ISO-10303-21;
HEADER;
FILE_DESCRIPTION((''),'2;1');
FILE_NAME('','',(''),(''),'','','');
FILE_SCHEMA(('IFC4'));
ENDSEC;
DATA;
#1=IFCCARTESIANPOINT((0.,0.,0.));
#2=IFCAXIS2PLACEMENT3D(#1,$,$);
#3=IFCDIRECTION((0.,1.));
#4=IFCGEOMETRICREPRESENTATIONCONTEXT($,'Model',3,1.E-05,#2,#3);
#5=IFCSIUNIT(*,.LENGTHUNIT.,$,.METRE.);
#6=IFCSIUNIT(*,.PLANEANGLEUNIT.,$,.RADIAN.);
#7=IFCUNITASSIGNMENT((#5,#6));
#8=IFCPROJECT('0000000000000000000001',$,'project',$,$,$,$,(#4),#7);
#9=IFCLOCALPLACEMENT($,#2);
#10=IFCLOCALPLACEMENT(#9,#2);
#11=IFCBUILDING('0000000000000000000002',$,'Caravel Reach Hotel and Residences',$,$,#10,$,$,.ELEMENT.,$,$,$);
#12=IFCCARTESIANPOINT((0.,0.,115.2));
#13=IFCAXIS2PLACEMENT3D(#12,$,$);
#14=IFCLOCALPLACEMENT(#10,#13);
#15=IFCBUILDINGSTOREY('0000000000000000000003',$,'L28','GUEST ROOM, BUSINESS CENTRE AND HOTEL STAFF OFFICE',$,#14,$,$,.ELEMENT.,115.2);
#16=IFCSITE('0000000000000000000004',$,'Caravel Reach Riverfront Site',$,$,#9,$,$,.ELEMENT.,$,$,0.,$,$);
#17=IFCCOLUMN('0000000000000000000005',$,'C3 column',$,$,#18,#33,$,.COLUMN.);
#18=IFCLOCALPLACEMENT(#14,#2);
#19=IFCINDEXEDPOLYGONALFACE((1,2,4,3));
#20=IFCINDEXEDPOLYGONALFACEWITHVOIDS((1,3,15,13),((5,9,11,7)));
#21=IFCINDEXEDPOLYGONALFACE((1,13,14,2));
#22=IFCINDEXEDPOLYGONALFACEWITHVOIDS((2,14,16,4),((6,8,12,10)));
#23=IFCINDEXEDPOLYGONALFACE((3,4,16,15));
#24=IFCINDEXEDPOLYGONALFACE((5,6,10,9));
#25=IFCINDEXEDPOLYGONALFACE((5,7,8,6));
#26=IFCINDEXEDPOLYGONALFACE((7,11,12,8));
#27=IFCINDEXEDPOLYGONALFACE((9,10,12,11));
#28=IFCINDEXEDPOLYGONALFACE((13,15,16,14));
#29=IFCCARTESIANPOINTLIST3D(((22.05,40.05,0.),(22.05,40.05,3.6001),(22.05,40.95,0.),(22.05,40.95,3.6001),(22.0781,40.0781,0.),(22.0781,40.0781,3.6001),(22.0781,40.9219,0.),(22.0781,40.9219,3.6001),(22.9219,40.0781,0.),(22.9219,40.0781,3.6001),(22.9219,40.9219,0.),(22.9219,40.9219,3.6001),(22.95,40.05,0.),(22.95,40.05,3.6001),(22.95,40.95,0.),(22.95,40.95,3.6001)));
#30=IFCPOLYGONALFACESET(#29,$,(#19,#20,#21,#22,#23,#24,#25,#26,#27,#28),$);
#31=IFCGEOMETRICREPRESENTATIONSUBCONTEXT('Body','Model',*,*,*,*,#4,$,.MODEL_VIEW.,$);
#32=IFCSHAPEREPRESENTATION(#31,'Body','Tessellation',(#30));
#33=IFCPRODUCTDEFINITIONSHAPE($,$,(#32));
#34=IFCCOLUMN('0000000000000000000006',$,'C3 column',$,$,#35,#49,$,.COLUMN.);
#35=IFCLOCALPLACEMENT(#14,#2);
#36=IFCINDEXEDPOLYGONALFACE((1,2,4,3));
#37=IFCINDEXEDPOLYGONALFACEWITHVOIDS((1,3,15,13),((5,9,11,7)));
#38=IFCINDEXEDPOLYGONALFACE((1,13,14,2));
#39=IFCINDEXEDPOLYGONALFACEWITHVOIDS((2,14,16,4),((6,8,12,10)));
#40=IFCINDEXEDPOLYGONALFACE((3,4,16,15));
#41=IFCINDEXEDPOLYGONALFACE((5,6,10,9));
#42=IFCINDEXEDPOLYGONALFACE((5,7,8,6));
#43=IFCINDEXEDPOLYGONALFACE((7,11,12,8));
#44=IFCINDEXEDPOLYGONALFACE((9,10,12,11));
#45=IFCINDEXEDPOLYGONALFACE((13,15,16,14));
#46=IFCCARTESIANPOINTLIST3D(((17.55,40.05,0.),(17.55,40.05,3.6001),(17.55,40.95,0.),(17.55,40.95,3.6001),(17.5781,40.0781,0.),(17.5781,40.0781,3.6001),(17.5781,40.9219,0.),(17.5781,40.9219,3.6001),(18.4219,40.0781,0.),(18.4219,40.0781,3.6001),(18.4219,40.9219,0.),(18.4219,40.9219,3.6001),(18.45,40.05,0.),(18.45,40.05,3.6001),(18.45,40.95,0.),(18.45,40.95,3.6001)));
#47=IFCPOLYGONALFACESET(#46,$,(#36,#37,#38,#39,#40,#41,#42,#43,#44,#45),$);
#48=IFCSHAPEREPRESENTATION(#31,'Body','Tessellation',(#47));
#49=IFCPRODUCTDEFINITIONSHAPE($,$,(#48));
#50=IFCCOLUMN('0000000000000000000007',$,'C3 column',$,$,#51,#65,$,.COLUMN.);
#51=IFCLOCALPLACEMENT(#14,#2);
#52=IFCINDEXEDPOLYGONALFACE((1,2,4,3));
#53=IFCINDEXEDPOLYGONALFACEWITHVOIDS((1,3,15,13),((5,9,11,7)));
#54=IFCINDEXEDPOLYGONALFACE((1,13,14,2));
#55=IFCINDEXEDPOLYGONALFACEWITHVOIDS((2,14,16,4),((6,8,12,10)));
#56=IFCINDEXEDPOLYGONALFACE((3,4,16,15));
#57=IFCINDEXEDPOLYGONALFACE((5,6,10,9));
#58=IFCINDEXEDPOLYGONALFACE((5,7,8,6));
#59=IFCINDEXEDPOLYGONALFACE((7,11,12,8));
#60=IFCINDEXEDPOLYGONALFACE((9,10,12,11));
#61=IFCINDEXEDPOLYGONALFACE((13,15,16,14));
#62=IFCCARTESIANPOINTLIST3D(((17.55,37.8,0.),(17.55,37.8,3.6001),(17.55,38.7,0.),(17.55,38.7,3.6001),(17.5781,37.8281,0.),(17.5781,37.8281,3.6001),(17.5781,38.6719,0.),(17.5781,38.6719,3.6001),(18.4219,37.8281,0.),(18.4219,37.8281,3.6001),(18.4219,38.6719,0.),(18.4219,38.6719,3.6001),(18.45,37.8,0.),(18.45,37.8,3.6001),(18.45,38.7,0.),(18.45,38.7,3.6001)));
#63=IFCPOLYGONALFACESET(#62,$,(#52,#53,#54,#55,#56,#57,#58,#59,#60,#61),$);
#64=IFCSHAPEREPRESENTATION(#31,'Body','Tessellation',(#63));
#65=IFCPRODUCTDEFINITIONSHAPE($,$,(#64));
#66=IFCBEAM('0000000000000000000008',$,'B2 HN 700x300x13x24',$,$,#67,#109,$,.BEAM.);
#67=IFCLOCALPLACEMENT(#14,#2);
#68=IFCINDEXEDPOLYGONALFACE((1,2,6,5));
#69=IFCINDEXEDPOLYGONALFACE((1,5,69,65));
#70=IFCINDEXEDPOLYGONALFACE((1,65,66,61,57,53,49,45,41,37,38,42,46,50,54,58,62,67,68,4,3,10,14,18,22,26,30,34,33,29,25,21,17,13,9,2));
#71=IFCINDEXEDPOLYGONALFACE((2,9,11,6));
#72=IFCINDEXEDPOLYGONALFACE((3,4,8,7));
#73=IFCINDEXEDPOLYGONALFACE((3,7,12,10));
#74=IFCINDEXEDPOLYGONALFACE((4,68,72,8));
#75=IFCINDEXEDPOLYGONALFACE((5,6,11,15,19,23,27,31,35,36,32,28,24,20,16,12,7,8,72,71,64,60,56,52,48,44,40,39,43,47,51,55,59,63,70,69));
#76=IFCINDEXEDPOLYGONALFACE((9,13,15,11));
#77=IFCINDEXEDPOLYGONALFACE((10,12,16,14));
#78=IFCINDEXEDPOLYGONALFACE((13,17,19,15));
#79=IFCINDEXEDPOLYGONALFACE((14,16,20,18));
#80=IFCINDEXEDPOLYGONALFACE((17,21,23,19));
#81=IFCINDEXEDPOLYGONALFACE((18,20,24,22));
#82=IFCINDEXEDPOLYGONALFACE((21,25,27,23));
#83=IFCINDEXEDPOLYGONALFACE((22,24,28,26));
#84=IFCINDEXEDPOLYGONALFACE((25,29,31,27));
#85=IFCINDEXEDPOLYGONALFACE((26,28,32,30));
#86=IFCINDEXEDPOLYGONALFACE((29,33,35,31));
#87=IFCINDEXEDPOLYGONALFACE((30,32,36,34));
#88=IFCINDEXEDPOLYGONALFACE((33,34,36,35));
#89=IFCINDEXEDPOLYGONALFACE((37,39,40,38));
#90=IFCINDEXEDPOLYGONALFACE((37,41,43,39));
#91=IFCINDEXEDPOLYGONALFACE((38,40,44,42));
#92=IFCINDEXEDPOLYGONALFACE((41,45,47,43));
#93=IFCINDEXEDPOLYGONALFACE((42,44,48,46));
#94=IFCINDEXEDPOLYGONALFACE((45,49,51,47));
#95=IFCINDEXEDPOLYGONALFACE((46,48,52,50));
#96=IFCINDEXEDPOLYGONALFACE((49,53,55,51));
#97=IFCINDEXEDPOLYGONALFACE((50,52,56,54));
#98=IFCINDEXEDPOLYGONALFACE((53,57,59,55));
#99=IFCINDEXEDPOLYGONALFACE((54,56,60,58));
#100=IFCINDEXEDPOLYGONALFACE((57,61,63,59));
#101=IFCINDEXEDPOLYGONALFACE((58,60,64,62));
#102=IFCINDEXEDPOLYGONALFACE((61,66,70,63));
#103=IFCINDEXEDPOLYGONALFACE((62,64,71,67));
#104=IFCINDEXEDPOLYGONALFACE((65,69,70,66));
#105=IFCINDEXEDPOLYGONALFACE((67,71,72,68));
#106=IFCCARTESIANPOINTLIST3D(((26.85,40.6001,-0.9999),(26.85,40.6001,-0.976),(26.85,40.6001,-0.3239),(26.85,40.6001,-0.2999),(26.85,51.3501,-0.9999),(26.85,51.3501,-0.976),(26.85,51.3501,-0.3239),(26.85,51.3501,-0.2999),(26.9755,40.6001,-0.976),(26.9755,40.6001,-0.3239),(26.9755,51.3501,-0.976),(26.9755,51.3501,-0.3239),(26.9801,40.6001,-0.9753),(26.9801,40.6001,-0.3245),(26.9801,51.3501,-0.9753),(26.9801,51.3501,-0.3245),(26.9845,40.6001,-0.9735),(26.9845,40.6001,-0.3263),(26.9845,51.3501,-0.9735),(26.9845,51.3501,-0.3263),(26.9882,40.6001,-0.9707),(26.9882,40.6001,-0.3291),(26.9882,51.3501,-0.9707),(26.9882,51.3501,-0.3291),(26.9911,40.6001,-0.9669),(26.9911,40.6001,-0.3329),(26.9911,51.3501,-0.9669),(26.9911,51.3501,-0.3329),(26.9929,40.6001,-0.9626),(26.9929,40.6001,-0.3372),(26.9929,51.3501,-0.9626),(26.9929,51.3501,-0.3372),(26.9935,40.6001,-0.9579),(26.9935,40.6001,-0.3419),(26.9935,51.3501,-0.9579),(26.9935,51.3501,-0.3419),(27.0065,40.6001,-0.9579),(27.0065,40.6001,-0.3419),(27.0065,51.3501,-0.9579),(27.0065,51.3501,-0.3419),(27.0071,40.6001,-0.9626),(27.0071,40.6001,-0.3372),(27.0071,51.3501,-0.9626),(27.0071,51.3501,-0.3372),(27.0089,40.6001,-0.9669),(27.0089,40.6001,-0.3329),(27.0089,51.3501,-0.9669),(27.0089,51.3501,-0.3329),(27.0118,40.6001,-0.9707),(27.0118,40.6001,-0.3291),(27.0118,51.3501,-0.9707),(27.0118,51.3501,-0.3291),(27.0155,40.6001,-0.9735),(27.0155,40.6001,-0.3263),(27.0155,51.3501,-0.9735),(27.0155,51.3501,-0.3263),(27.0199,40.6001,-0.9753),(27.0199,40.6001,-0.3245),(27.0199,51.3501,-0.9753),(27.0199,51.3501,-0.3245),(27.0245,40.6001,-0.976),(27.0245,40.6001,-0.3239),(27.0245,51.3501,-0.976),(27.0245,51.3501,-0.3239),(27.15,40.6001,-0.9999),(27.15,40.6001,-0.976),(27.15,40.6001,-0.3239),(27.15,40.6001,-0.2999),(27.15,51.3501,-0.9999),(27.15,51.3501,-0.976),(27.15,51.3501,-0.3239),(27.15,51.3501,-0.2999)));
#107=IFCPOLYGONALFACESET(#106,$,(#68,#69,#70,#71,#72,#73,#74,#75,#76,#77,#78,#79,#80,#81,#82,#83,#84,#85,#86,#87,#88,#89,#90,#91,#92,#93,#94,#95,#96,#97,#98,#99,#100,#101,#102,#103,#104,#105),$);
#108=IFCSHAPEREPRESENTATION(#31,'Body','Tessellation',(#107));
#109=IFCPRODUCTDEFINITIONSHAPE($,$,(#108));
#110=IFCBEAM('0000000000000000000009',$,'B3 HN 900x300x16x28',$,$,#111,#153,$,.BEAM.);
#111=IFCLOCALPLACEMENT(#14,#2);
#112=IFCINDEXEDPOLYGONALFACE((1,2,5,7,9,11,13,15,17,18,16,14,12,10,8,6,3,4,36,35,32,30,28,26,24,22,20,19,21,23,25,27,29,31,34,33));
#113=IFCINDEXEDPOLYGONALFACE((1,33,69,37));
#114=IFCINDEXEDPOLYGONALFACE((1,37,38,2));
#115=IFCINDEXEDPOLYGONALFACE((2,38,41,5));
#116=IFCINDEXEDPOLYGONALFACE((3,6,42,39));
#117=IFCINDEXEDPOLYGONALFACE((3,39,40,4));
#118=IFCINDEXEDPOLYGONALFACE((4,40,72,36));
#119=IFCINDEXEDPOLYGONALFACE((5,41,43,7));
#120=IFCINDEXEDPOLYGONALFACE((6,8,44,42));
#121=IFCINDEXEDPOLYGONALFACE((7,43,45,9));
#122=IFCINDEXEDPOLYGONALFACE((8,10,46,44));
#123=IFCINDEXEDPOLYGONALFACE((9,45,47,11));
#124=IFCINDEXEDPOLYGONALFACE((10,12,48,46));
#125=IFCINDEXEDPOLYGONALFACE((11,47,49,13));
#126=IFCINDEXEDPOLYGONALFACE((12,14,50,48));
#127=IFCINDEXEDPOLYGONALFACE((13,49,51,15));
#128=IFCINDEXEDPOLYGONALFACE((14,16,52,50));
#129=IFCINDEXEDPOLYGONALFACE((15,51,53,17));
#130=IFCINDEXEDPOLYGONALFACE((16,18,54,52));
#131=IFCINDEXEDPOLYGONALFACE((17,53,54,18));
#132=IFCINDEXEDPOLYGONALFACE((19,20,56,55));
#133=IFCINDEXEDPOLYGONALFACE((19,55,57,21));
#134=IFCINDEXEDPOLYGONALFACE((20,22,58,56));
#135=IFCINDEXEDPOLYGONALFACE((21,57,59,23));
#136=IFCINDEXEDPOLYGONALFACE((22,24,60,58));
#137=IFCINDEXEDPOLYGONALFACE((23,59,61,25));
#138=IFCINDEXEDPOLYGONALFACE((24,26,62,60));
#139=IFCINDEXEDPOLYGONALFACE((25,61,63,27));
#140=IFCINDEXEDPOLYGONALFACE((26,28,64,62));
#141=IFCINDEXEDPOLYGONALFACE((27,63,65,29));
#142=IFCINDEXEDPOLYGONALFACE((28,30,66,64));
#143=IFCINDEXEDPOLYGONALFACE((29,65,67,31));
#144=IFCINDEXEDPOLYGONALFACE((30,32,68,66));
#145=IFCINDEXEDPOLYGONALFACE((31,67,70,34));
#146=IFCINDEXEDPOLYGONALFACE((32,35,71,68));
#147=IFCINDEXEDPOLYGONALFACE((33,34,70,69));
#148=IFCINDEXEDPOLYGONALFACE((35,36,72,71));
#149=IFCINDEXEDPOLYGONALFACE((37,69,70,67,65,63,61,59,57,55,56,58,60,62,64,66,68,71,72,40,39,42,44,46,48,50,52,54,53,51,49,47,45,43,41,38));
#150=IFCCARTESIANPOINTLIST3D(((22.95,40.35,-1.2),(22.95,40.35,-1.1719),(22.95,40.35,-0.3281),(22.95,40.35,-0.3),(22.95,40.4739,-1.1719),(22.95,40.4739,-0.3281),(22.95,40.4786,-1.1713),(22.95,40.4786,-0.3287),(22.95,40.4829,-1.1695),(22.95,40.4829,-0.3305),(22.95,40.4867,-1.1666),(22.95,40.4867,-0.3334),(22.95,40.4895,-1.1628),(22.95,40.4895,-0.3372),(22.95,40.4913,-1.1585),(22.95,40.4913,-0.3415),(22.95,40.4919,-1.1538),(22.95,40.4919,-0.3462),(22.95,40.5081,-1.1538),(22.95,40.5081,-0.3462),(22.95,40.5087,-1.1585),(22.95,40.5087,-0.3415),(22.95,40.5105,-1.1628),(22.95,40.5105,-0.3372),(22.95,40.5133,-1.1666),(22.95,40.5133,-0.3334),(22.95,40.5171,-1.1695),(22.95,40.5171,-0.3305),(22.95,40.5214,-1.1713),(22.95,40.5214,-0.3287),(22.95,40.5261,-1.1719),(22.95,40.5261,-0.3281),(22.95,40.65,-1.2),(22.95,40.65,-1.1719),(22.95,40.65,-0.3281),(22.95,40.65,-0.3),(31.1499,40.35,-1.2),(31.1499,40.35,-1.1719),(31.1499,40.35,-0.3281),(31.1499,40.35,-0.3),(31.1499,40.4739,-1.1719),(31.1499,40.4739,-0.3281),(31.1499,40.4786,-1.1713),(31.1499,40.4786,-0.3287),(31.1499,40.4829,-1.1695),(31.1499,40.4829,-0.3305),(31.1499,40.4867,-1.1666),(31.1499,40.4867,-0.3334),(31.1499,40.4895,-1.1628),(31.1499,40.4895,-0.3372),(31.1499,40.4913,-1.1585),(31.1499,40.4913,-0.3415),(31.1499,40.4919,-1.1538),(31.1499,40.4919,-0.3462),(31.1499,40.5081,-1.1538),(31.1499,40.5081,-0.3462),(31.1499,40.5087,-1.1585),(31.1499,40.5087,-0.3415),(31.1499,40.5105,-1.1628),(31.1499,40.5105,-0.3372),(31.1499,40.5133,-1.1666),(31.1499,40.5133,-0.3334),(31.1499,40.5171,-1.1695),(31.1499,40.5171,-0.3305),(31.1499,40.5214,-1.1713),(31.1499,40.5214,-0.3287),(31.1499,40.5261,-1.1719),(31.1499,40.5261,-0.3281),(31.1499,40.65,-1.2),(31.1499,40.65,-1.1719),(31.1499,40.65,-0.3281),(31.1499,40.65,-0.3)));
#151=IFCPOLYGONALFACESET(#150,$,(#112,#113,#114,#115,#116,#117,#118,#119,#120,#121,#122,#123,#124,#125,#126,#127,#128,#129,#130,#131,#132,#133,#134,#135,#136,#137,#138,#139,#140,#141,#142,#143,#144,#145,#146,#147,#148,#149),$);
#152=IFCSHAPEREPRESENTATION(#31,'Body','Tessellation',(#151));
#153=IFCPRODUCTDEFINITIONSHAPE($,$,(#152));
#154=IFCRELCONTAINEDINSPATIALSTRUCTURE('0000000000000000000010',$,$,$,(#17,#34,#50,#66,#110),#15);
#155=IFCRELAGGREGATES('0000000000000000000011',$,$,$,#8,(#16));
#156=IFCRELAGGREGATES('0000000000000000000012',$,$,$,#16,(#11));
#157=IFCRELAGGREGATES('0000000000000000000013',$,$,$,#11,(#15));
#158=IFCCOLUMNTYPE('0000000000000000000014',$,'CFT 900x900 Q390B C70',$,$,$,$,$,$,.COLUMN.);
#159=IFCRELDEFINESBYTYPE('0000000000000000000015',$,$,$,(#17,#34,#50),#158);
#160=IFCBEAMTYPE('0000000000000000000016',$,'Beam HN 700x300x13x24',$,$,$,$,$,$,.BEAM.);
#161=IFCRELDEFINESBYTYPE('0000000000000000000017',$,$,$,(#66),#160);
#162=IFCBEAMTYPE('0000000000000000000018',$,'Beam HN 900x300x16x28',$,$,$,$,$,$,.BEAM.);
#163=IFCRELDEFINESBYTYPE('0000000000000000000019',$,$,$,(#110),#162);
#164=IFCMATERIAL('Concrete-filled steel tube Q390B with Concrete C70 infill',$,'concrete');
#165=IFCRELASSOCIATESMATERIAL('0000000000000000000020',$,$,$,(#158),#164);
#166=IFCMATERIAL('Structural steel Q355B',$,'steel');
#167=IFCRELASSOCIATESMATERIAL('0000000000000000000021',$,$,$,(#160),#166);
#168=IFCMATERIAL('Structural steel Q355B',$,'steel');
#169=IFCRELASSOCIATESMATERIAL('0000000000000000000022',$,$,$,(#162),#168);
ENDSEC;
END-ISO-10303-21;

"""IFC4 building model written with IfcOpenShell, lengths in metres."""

from ifc_helpers import new_model, si_unit, direction, frame, origin, origin_2d, place, context, subcontext, project, spatial, hollow_rectangle, i_section, extrude, material, material_profile, profile_set, type_object, element, save


model = new_model("IFC4")

# Units and contexts
model_context = context("Model", 3, precision=1e-05, world=origin(), true_north=direction((0.0, 1.0)))
body_context = subcontext(model_context, "Body", "Model", "MODEL_VIEW")
ifc_project = project(units=[si_unit("LENGTHUNIT", "METRE"), si_unit("PLANEANGLEUNIT", "RADIAN")], contexts=[model_context])

# Site, building, storey
site_placement = place(None, origin())
site = spatial("IfcSite", under=ifc_project, at=site_placement, Name="Caravel Reach Riverfront Site", CompositionType="ELEMENT", RefElevation=0.0)
building_placement = place(site_placement, origin())
building = spatial("IfcBuilding", under=site, at=building_placement, Name="Caravel Reach Hotel and Residences", CompositionType="ELEMENT")
storey_placement = place(building_placement, frame((0.0, 0.0, 115.2)))
storey = spatial("IfcBuildingStorey", under=building, at=storey_placement, Name="L28", Description="GUEST ROOM, BUSINESS CENTRE AND HOTEL STAFF OFFICE", CompositionType="ELEMENT", Elevation=115.2)

# Columns
ifc_material_1 = material(Name="Concrete-filled steel tube Q390B with Concrete C70 infill", Category="concrete")
ifc_material_profile_1 = material_profile(ifc_material_1, hollow_rectangle(XDim=0.8999, YDim=0.8999, WallThickness=0.0281, at=origin_2d()), Name="RHS 900x900x28")
ifc_profile_set_1 = profile_set([ifc_material_profile_1], Name="Concrete-filled steel tube Q390B with Concrete C70 infill")
column_type = type_object("IfcColumnType", Name="CFT 900x900 Q390B C70", PredefinedType="COLUMN", material=ifc_profile_set_1)
for number, where, z_axis, x_axis, name in (
    (1, (22.5, 40.5, 0.0), (0.0, 0.0, 1.0), (1.0, 0.0, 0.0), "C3 column"),
    (2, (18.0, 40.5, 0.0), (0.0, 0.0, 1.0), (1.0, 0.0, 0.0), "C3 column"),
    (3, (18.0, 38.25, 0.0), (0.0, 0.0, 1.0), (1.0, 0.0, 0.0), "C3 column"),
):
    element("IfcColumn", number, at=place(storey_placement, frame(where, z_axis=z_axis, x_axis=x_axis)), inside=storey, type_object=column_type, Name=name, PredefinedType="COLUMN", context=body_context, shape_type="SweptSolid", body=[
        extrude(hollow_rectangle(XDim=0.8999, YDim=0.8999, WallThickness=0.0281, at=origin_2d()), origin(), (0.0, 0.0, 1.0), 3.6001),
    ])

# Beams
ifc_material_2 = material(Name="Structural steel Q355B", Category="steel")
ifc_material_profile_2 = material_profile(ifc_material_2, i_section(OverallWidth=0.3, OverallDepth=0.7, WebThickness=0.0129, FlangeThickness=0.0239, FilletRadius=0.0181, at=origin_2d()), Name="HN 700x300x13x24")
ifc_profile_set_2 = profile_set([ifc_material_profile_2], Name="Structural steel Q355B")
beam_type_1 = type_object("IfcBeamType", Name="Beam HN 700x300x13x24", PredefinedType="BEAM", material=ifc_profile_set_2)
beam_1_placement = place(storey_placement, frame((27.0, 40.6001, -0.6499), z_axis=(0.0, 1.0, 0.0), x_axis=(-1.0, 0.0, 0.0)))
element("IfcBeam", 4, at=beam_1_placement, inside=storey, type_object=beam_type_1, Name="B2 HN 700x300x13x24", PredefinedType="BEAM", context=body_context, shape_type="SweptSolid", body=[
    extrude(i_section(OverallWidth=0.3, OverallDepth=0.7, WebThickness=0.0129, FlangeThickness=0.0239, FilletRadius=0.0181, at=origin_2d()), origin(), (0.0, 0.0, 1.0), 10.75),
])
ifc_material_3 = material(Name="Structural steel Q355B", Category="steel")
ifc_material_profile_3 = material_profile(ifc_material_3, i_section(OverallWidth=0.3, OverallDepth=0.8999, WebThickness=0.0161, FlangeThickness=0.0281, FilletRadius=0.0181, at=origin_2d()), Name="HN 900x300x16x28")
ifc_profile_set_3 = profile_set([ifc_material_profile_3], Name="Structural steel Q355B")
beam_type_2 = type_object("IfcBeamType", Name="Beam HN 900x300x16x28", PredefinedType="BEAM", material=ifc_profile_set_3)
beam_2_placement = place(storey_placement, frame((22.95, 40.5, -0.75), z_axis=(1.0, 0.0, 0.0), x_axis=(0.0, 1.0, 0.0)))
element("IfcBeam", 5, at=beam_2_placement, inside=storey, type_object=beam_type_2, Name="B3 HN 900x300x16x28", PredefinedType="BEAM", context=body_context, shape_type="SweptSolid", body=[
    extrude(i_section(OverallWidth=0.3, OverallDepth=0.8999, WebThickness=0.0161, FlangeThickness=0.0281, FilletRadius=0.0181, at=origin_2d()), origin(), (0.0, 0.0, 1.0), 8.2),
])

save(model, "model.ifc")
